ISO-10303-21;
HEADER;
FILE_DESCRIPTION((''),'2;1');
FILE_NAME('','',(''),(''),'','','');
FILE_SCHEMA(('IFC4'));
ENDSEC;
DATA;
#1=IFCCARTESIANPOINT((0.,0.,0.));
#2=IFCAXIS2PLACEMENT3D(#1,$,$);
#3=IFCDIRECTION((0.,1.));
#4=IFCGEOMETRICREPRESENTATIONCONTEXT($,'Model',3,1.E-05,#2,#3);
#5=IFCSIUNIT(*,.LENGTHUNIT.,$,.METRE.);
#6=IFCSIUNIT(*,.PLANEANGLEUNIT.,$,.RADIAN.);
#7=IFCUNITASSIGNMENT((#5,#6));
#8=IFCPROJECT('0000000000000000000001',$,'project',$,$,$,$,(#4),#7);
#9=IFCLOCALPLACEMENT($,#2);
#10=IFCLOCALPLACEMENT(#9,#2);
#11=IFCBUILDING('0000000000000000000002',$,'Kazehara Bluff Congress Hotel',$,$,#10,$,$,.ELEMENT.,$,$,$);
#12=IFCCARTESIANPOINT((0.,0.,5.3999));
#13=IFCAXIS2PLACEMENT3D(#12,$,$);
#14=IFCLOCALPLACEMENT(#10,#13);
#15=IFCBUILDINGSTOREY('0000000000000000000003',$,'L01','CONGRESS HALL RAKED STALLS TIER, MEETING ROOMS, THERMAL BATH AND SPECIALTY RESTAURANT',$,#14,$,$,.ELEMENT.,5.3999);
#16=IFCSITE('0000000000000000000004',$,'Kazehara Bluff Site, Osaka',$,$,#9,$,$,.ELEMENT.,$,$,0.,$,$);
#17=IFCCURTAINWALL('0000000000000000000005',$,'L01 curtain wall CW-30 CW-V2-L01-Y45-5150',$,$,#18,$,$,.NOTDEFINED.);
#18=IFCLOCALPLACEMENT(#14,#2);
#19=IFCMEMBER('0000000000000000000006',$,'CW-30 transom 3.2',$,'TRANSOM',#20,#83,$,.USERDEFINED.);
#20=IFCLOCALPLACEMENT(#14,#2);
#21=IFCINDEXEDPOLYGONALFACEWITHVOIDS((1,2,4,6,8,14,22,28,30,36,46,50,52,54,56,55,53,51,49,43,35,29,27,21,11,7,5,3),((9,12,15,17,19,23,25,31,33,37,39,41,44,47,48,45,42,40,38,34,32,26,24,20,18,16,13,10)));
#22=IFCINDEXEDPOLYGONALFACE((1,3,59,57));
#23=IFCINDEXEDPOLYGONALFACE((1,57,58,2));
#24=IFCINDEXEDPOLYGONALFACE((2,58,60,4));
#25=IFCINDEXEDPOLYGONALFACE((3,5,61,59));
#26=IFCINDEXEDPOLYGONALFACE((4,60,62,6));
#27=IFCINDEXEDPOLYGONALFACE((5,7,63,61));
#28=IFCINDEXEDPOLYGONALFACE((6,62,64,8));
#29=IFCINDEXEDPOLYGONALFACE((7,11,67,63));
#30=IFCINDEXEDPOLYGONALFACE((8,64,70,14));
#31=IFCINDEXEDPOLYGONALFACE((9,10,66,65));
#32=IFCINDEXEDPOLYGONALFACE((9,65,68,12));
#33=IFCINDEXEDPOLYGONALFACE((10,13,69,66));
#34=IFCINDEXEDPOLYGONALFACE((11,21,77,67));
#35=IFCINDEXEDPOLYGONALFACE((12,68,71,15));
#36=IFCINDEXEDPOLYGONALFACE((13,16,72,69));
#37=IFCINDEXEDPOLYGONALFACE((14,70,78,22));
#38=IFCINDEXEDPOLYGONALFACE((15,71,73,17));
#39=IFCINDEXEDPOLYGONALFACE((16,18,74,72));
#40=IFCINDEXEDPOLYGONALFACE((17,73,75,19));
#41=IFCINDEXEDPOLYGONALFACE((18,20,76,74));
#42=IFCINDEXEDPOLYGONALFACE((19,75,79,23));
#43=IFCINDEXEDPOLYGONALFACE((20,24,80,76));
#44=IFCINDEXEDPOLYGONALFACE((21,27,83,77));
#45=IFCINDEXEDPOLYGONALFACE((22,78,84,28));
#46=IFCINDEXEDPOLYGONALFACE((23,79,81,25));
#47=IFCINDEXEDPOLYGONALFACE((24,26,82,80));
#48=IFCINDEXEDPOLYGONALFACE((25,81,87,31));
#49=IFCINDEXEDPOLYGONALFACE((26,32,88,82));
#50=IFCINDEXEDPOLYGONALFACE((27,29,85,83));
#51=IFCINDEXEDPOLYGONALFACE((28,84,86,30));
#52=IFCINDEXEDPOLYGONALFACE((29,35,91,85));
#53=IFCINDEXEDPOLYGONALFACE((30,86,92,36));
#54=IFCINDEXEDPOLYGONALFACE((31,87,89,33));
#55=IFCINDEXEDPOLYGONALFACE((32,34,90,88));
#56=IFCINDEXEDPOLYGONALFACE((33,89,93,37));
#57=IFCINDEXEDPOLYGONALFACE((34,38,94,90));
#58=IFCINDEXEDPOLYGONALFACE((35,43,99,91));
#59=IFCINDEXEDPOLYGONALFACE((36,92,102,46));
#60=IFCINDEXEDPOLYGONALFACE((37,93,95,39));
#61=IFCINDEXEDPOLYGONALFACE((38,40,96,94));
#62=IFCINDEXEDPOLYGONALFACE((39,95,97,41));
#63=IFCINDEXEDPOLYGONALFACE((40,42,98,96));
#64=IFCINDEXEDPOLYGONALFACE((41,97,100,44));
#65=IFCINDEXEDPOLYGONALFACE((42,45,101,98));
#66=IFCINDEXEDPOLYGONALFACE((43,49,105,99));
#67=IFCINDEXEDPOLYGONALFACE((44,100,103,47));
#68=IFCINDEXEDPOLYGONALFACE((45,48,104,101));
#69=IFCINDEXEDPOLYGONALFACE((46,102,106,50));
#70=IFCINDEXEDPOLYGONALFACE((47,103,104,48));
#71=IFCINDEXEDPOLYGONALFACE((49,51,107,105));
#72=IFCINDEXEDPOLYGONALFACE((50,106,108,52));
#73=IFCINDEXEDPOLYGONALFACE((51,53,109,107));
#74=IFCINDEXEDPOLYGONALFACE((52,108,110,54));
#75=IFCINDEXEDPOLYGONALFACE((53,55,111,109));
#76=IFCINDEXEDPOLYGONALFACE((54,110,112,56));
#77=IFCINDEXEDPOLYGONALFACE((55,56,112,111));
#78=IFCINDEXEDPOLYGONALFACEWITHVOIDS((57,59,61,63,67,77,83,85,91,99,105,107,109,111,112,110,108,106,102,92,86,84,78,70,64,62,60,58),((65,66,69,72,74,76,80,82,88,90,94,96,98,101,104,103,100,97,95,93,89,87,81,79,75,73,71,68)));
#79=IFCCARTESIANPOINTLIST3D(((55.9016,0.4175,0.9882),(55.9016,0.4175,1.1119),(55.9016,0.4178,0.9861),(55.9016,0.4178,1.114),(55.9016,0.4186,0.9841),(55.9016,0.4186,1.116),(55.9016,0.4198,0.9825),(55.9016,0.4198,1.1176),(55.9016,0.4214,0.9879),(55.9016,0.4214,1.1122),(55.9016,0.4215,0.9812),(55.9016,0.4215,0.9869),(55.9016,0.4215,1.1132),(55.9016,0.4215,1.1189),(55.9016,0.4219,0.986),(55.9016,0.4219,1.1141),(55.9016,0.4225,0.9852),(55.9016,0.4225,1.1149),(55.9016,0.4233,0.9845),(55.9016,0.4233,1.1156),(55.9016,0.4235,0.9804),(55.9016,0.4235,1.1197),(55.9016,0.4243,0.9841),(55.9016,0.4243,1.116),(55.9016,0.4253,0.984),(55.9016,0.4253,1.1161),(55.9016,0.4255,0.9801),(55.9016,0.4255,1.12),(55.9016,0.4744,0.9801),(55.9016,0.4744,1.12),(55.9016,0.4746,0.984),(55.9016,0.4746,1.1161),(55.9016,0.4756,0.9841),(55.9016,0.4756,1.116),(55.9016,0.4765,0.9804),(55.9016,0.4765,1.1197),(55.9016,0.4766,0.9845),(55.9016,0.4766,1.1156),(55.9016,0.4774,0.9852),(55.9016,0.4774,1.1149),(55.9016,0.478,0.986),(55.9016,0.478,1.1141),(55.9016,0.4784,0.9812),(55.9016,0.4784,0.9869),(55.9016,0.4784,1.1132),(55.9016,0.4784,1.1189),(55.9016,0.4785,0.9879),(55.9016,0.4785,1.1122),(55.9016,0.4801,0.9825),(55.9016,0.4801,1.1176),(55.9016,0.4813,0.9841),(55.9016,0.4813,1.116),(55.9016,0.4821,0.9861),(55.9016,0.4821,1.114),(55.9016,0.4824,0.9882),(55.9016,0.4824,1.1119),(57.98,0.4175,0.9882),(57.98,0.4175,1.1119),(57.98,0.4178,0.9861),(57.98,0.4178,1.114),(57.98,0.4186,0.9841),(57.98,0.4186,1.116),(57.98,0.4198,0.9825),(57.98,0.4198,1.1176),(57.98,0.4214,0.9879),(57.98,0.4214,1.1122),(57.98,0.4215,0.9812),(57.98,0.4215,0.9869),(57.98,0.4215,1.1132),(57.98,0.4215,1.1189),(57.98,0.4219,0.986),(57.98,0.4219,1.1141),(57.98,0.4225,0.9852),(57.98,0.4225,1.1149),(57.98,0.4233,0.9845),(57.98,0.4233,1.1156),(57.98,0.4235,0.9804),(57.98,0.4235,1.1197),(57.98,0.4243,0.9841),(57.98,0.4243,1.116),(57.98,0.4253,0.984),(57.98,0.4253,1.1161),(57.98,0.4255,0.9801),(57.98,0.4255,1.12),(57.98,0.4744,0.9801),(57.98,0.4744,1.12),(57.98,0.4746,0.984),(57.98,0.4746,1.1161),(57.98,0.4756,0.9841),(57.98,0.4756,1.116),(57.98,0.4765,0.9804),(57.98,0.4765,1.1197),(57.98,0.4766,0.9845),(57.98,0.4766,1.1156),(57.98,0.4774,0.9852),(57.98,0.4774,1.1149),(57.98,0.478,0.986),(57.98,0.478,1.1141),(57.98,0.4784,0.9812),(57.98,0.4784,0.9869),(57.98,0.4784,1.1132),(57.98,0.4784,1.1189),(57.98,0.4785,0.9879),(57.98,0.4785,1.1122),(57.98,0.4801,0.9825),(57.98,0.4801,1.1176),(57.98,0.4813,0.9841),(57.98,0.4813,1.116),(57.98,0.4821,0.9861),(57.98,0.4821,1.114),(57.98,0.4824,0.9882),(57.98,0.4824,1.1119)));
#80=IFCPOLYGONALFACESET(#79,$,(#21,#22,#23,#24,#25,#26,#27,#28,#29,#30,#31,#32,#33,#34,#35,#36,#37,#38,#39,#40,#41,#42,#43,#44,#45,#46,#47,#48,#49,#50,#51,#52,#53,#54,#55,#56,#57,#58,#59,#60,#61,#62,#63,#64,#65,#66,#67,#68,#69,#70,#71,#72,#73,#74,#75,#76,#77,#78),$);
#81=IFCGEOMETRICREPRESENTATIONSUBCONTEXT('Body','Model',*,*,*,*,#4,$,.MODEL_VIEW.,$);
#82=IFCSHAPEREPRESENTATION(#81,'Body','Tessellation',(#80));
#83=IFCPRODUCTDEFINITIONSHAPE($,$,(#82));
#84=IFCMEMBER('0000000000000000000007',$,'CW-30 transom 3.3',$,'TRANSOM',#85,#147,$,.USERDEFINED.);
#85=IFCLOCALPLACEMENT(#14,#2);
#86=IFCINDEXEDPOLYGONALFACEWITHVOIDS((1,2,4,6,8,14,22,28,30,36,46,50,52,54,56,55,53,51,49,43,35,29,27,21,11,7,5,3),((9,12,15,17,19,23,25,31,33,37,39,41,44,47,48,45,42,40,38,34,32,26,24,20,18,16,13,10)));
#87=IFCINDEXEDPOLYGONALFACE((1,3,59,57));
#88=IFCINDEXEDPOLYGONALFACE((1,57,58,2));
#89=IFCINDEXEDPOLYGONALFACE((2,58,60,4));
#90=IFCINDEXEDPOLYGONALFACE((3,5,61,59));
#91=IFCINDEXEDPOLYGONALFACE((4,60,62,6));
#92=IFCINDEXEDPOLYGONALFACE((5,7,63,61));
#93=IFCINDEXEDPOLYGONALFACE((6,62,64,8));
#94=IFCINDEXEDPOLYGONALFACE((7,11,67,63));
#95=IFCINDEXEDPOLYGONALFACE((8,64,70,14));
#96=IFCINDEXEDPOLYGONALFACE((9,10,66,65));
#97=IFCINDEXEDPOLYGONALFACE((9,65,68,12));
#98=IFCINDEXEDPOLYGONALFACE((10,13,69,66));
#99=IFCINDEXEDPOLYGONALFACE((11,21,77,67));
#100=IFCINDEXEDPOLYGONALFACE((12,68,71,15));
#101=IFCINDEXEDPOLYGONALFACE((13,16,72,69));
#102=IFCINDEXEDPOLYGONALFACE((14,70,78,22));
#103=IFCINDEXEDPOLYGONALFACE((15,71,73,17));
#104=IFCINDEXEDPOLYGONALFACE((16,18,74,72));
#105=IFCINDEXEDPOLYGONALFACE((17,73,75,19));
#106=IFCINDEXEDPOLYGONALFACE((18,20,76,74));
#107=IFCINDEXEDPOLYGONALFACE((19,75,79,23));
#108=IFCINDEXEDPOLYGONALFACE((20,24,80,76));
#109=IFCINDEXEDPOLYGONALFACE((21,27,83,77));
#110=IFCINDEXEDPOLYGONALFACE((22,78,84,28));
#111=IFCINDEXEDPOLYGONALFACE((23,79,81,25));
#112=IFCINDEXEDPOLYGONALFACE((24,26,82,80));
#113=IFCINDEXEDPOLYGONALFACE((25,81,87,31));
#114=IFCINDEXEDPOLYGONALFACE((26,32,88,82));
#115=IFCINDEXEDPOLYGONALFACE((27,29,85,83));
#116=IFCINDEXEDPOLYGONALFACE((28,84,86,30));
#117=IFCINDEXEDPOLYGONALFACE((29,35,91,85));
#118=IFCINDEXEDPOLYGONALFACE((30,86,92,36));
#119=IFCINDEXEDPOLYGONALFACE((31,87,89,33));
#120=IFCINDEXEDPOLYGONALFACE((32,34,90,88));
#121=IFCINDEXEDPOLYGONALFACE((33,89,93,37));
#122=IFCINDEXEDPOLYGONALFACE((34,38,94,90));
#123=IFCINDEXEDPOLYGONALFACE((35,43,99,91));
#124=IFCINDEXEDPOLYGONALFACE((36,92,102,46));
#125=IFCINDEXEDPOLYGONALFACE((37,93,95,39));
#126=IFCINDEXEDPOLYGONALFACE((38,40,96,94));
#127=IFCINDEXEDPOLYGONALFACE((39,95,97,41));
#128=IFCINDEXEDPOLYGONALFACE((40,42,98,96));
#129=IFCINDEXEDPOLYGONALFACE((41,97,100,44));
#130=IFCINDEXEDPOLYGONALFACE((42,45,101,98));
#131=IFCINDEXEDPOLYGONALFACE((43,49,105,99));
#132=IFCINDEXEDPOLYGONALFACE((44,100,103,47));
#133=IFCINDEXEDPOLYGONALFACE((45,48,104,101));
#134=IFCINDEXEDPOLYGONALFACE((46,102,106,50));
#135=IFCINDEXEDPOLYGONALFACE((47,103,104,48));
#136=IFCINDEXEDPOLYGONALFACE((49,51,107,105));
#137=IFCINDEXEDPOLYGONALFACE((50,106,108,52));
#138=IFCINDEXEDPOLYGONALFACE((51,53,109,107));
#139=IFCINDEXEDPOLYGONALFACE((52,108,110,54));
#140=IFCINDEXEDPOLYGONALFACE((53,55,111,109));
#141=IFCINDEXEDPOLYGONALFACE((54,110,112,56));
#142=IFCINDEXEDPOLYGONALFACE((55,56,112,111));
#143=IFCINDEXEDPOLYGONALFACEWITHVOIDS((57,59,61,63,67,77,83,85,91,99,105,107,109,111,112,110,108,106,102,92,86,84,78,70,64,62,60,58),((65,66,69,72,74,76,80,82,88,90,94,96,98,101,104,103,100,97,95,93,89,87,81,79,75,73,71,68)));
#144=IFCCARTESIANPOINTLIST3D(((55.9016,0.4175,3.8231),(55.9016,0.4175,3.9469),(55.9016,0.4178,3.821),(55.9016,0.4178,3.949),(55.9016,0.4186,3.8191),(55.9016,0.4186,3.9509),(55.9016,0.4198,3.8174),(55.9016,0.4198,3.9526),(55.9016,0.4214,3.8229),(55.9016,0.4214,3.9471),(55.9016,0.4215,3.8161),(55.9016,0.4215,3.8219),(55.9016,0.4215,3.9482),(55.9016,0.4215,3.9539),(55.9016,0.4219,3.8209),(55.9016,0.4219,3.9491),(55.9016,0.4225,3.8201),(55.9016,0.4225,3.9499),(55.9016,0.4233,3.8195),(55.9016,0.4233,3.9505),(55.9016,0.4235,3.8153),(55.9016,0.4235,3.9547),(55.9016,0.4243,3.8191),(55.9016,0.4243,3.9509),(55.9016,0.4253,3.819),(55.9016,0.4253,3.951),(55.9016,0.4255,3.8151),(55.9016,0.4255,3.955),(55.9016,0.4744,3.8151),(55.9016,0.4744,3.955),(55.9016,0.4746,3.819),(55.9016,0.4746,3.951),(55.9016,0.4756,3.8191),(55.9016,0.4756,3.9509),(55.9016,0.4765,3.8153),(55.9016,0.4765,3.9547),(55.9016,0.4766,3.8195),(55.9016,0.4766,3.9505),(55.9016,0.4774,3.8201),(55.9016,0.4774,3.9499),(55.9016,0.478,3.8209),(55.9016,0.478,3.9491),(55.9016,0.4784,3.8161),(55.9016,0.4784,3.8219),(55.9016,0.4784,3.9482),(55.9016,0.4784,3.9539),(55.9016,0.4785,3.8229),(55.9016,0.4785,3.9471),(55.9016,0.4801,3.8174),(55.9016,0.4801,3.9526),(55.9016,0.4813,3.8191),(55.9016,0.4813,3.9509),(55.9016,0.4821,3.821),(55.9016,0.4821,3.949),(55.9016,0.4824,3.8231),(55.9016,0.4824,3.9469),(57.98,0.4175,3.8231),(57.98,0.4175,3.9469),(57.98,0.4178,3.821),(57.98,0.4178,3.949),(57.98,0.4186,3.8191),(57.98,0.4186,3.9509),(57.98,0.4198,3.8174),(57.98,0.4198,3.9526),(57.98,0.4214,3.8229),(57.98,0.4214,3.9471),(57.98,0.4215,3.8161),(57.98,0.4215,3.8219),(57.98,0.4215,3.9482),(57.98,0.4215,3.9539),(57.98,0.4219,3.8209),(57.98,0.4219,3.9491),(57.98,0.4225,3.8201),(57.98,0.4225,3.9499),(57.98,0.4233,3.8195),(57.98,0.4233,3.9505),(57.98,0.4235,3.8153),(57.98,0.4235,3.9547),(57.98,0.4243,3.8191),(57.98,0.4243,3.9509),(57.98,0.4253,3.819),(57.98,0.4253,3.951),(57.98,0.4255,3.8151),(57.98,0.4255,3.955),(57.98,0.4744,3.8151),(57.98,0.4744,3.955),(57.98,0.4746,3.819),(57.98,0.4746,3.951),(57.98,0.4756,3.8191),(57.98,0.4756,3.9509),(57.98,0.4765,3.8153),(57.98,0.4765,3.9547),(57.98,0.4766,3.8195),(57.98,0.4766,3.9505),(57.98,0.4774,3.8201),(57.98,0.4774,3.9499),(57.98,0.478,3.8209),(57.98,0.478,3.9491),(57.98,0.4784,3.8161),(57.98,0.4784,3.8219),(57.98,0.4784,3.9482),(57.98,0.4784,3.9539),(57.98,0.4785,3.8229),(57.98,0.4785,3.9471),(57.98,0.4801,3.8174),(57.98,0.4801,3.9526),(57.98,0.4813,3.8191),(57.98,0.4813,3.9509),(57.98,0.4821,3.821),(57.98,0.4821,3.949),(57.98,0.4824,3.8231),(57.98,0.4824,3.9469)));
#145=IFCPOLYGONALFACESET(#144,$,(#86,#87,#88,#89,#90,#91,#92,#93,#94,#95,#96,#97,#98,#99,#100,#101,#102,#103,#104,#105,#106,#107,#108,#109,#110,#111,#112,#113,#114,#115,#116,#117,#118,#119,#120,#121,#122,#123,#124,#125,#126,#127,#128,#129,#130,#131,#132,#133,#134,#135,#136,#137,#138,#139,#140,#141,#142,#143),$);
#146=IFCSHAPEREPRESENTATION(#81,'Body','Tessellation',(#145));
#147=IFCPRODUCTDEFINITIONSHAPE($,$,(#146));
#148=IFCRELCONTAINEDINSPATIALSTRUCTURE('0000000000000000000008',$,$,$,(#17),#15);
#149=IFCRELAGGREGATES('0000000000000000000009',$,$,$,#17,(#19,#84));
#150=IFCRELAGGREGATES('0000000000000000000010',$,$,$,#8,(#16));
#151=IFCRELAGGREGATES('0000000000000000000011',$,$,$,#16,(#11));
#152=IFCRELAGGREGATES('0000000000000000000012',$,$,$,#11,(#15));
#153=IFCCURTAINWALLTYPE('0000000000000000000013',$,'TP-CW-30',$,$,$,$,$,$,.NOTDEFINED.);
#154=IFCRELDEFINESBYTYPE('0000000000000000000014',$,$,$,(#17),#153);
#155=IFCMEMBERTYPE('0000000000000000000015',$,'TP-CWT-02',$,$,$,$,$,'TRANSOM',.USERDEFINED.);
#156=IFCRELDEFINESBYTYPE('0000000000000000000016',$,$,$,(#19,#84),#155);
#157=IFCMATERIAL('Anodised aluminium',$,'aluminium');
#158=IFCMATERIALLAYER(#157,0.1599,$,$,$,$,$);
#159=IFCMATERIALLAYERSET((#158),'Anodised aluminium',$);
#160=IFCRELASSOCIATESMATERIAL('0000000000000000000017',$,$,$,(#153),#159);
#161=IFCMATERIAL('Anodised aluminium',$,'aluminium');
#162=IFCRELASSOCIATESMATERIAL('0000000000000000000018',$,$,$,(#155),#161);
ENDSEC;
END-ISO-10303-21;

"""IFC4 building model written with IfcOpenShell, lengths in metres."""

from ifc_helpers import new_model, si_unit, direction, frame, origin, origin_2d, place, context, subcontext, project, spatial, hollow_rectangle, extrude, material, layer, layer_set, material_profile, profile_set, type_object, element, aggregate, save


model = new_model("IFC4")

# Units and contexts
model_context = context("Model", 3, precision=1e-05, world=origin(), true_north=direction((0.0, 1.0)))
body_context = subcontext(model_context, "Body", "Model", "MODEL_VIEW")
ifc_project = project(units=[si_unit("LENGTHUNIT", "METRE"), si_unit("PLANEANGLEUNIT", "RADIAN")], contexts=[model_context])

# Site, building, storey
site_placement = place(None, origin())
site = spatial("IfcSite", under=ifc_project, at=site_placement, Name="Kazehara Bluff Site, Osaka", CompositionType="ELEMENT", RefElevation=0.0)
building_placement = place(site_placement, origin())
building = spatial("IfcBuilding", under=site, at=building_placement, Name="Kazehara Bluff Congress Hotel", CompositionType="ELEMENT")
storey_placement = place(building_placement, frame((0.0, 0.0, 5.3999)))
storey = spatial("IfcBuildingStorey", under=building, at=storey_placement, Name="L01", Description="CONGRESS HALL RAKED STALLS TIER, MEETING ROOMS, THERMAL BATH AND SPECIALTY RESTAURANT", CompositionType="ELEMENT", Elevation=5.3999)

# Curtain wall, members
ifc_material_1 = material(Name="Anodised aluminium", Category="aluminium")
ifc_layer_1 = layer(ifc_material_1, 0.1599)
ifc_layer_set_1 = layer_set([ifc_layer_1], Name="Anodised aluminium")
curtain_wall_type_1 = type_object("IfcCurtainWallType", Name="TP-CW-30", PredefinedType="NOTDEFINED", material=ifc_layer_set_1)
curtain_wall_1_placement = place(storey_placement, origin())
curtain_wall_1 = element("IfcCurtainWall", 1, at=curtain_wall_1_placement, inside=storey, type_object=curtain_wall_type_1, Name="L01 curtain wall CW-30 CW-V2-L01-Y45-5150", PredefinedType="NOTDEFINED")
ifc_material_2 = material(Name="Anodised aluminium", Category="aluminium")
ifc_material_profile_1 = material_profile(ifc_material_2, hollow_rectangle(XDim=0.0649, YDim=0.1399, WallThickness=0.0039, InnerFilletRadius=0.0039, OuterFilletRadius=0.0081, at=origin_2d()))
ifc_profile_set_1 = profile_set([ifc_material_profile_1], Name="Anodised aluminium")
member_type_1 = type_object("IfcMemberType", Name="TP-CWT-02", ElementType="TRANSOM", PredefinedType="USERDEFINED", material=ifc_profile_set_1)
member_1_placement = place(storey_placement, frame((55.9016, 0.45, 1.05), z_axis=(1.0, 0.0, 0.0), x_axis=(0.0, 1.0, 0.0)))
member_1 = element("IfcMember", 2, at=member_1_placement, type_object=member_type_1, Name="CW-30 transom 3.2", ObjectType="TRANSOM", PredefinedType="USERDEFINED", context=body_context, shape_type="SweptSolid", body=[
    extrude(hollow_rectangle(XDim=0.0649, YDim=0.1399, WallThickness=0.0039, InnerFilletRadius=0.0039, OuterFilletRadius=0.0081, at=origin_2d()), origin(), (0.0, 0.0, 1.0), 2.0784),
])
member_2_placement = place(storey_placement, frame((55.9016, 0.45, 3.885), z_axis=(1.0, 0.0, 0.0), x_axis=(0.0, 1.0, 0.0)))
member_2 = element("IfcMember", 3, at=member_2_placement, type_object=member_type_1, Name="CW-30 transom 3.3", ObjectType="TRANSOM", PredefinedType="USERDEFINED", context=body_context, shape_type="SweptSolid", body=[
    extrude(hollow_rectangle(XDim=0.0649, YDim=0.1399, WallThickness=0.0039, InnerFilletRadius=0.0039, OuterFilletRadius=0.0081, at=origin_2d()), origin(), (0.0, 0.0, 1.0), 2.0784),
])

aggregate(curtain_wall_1, [member_1, member_2])

save(model, "model.ifc")
